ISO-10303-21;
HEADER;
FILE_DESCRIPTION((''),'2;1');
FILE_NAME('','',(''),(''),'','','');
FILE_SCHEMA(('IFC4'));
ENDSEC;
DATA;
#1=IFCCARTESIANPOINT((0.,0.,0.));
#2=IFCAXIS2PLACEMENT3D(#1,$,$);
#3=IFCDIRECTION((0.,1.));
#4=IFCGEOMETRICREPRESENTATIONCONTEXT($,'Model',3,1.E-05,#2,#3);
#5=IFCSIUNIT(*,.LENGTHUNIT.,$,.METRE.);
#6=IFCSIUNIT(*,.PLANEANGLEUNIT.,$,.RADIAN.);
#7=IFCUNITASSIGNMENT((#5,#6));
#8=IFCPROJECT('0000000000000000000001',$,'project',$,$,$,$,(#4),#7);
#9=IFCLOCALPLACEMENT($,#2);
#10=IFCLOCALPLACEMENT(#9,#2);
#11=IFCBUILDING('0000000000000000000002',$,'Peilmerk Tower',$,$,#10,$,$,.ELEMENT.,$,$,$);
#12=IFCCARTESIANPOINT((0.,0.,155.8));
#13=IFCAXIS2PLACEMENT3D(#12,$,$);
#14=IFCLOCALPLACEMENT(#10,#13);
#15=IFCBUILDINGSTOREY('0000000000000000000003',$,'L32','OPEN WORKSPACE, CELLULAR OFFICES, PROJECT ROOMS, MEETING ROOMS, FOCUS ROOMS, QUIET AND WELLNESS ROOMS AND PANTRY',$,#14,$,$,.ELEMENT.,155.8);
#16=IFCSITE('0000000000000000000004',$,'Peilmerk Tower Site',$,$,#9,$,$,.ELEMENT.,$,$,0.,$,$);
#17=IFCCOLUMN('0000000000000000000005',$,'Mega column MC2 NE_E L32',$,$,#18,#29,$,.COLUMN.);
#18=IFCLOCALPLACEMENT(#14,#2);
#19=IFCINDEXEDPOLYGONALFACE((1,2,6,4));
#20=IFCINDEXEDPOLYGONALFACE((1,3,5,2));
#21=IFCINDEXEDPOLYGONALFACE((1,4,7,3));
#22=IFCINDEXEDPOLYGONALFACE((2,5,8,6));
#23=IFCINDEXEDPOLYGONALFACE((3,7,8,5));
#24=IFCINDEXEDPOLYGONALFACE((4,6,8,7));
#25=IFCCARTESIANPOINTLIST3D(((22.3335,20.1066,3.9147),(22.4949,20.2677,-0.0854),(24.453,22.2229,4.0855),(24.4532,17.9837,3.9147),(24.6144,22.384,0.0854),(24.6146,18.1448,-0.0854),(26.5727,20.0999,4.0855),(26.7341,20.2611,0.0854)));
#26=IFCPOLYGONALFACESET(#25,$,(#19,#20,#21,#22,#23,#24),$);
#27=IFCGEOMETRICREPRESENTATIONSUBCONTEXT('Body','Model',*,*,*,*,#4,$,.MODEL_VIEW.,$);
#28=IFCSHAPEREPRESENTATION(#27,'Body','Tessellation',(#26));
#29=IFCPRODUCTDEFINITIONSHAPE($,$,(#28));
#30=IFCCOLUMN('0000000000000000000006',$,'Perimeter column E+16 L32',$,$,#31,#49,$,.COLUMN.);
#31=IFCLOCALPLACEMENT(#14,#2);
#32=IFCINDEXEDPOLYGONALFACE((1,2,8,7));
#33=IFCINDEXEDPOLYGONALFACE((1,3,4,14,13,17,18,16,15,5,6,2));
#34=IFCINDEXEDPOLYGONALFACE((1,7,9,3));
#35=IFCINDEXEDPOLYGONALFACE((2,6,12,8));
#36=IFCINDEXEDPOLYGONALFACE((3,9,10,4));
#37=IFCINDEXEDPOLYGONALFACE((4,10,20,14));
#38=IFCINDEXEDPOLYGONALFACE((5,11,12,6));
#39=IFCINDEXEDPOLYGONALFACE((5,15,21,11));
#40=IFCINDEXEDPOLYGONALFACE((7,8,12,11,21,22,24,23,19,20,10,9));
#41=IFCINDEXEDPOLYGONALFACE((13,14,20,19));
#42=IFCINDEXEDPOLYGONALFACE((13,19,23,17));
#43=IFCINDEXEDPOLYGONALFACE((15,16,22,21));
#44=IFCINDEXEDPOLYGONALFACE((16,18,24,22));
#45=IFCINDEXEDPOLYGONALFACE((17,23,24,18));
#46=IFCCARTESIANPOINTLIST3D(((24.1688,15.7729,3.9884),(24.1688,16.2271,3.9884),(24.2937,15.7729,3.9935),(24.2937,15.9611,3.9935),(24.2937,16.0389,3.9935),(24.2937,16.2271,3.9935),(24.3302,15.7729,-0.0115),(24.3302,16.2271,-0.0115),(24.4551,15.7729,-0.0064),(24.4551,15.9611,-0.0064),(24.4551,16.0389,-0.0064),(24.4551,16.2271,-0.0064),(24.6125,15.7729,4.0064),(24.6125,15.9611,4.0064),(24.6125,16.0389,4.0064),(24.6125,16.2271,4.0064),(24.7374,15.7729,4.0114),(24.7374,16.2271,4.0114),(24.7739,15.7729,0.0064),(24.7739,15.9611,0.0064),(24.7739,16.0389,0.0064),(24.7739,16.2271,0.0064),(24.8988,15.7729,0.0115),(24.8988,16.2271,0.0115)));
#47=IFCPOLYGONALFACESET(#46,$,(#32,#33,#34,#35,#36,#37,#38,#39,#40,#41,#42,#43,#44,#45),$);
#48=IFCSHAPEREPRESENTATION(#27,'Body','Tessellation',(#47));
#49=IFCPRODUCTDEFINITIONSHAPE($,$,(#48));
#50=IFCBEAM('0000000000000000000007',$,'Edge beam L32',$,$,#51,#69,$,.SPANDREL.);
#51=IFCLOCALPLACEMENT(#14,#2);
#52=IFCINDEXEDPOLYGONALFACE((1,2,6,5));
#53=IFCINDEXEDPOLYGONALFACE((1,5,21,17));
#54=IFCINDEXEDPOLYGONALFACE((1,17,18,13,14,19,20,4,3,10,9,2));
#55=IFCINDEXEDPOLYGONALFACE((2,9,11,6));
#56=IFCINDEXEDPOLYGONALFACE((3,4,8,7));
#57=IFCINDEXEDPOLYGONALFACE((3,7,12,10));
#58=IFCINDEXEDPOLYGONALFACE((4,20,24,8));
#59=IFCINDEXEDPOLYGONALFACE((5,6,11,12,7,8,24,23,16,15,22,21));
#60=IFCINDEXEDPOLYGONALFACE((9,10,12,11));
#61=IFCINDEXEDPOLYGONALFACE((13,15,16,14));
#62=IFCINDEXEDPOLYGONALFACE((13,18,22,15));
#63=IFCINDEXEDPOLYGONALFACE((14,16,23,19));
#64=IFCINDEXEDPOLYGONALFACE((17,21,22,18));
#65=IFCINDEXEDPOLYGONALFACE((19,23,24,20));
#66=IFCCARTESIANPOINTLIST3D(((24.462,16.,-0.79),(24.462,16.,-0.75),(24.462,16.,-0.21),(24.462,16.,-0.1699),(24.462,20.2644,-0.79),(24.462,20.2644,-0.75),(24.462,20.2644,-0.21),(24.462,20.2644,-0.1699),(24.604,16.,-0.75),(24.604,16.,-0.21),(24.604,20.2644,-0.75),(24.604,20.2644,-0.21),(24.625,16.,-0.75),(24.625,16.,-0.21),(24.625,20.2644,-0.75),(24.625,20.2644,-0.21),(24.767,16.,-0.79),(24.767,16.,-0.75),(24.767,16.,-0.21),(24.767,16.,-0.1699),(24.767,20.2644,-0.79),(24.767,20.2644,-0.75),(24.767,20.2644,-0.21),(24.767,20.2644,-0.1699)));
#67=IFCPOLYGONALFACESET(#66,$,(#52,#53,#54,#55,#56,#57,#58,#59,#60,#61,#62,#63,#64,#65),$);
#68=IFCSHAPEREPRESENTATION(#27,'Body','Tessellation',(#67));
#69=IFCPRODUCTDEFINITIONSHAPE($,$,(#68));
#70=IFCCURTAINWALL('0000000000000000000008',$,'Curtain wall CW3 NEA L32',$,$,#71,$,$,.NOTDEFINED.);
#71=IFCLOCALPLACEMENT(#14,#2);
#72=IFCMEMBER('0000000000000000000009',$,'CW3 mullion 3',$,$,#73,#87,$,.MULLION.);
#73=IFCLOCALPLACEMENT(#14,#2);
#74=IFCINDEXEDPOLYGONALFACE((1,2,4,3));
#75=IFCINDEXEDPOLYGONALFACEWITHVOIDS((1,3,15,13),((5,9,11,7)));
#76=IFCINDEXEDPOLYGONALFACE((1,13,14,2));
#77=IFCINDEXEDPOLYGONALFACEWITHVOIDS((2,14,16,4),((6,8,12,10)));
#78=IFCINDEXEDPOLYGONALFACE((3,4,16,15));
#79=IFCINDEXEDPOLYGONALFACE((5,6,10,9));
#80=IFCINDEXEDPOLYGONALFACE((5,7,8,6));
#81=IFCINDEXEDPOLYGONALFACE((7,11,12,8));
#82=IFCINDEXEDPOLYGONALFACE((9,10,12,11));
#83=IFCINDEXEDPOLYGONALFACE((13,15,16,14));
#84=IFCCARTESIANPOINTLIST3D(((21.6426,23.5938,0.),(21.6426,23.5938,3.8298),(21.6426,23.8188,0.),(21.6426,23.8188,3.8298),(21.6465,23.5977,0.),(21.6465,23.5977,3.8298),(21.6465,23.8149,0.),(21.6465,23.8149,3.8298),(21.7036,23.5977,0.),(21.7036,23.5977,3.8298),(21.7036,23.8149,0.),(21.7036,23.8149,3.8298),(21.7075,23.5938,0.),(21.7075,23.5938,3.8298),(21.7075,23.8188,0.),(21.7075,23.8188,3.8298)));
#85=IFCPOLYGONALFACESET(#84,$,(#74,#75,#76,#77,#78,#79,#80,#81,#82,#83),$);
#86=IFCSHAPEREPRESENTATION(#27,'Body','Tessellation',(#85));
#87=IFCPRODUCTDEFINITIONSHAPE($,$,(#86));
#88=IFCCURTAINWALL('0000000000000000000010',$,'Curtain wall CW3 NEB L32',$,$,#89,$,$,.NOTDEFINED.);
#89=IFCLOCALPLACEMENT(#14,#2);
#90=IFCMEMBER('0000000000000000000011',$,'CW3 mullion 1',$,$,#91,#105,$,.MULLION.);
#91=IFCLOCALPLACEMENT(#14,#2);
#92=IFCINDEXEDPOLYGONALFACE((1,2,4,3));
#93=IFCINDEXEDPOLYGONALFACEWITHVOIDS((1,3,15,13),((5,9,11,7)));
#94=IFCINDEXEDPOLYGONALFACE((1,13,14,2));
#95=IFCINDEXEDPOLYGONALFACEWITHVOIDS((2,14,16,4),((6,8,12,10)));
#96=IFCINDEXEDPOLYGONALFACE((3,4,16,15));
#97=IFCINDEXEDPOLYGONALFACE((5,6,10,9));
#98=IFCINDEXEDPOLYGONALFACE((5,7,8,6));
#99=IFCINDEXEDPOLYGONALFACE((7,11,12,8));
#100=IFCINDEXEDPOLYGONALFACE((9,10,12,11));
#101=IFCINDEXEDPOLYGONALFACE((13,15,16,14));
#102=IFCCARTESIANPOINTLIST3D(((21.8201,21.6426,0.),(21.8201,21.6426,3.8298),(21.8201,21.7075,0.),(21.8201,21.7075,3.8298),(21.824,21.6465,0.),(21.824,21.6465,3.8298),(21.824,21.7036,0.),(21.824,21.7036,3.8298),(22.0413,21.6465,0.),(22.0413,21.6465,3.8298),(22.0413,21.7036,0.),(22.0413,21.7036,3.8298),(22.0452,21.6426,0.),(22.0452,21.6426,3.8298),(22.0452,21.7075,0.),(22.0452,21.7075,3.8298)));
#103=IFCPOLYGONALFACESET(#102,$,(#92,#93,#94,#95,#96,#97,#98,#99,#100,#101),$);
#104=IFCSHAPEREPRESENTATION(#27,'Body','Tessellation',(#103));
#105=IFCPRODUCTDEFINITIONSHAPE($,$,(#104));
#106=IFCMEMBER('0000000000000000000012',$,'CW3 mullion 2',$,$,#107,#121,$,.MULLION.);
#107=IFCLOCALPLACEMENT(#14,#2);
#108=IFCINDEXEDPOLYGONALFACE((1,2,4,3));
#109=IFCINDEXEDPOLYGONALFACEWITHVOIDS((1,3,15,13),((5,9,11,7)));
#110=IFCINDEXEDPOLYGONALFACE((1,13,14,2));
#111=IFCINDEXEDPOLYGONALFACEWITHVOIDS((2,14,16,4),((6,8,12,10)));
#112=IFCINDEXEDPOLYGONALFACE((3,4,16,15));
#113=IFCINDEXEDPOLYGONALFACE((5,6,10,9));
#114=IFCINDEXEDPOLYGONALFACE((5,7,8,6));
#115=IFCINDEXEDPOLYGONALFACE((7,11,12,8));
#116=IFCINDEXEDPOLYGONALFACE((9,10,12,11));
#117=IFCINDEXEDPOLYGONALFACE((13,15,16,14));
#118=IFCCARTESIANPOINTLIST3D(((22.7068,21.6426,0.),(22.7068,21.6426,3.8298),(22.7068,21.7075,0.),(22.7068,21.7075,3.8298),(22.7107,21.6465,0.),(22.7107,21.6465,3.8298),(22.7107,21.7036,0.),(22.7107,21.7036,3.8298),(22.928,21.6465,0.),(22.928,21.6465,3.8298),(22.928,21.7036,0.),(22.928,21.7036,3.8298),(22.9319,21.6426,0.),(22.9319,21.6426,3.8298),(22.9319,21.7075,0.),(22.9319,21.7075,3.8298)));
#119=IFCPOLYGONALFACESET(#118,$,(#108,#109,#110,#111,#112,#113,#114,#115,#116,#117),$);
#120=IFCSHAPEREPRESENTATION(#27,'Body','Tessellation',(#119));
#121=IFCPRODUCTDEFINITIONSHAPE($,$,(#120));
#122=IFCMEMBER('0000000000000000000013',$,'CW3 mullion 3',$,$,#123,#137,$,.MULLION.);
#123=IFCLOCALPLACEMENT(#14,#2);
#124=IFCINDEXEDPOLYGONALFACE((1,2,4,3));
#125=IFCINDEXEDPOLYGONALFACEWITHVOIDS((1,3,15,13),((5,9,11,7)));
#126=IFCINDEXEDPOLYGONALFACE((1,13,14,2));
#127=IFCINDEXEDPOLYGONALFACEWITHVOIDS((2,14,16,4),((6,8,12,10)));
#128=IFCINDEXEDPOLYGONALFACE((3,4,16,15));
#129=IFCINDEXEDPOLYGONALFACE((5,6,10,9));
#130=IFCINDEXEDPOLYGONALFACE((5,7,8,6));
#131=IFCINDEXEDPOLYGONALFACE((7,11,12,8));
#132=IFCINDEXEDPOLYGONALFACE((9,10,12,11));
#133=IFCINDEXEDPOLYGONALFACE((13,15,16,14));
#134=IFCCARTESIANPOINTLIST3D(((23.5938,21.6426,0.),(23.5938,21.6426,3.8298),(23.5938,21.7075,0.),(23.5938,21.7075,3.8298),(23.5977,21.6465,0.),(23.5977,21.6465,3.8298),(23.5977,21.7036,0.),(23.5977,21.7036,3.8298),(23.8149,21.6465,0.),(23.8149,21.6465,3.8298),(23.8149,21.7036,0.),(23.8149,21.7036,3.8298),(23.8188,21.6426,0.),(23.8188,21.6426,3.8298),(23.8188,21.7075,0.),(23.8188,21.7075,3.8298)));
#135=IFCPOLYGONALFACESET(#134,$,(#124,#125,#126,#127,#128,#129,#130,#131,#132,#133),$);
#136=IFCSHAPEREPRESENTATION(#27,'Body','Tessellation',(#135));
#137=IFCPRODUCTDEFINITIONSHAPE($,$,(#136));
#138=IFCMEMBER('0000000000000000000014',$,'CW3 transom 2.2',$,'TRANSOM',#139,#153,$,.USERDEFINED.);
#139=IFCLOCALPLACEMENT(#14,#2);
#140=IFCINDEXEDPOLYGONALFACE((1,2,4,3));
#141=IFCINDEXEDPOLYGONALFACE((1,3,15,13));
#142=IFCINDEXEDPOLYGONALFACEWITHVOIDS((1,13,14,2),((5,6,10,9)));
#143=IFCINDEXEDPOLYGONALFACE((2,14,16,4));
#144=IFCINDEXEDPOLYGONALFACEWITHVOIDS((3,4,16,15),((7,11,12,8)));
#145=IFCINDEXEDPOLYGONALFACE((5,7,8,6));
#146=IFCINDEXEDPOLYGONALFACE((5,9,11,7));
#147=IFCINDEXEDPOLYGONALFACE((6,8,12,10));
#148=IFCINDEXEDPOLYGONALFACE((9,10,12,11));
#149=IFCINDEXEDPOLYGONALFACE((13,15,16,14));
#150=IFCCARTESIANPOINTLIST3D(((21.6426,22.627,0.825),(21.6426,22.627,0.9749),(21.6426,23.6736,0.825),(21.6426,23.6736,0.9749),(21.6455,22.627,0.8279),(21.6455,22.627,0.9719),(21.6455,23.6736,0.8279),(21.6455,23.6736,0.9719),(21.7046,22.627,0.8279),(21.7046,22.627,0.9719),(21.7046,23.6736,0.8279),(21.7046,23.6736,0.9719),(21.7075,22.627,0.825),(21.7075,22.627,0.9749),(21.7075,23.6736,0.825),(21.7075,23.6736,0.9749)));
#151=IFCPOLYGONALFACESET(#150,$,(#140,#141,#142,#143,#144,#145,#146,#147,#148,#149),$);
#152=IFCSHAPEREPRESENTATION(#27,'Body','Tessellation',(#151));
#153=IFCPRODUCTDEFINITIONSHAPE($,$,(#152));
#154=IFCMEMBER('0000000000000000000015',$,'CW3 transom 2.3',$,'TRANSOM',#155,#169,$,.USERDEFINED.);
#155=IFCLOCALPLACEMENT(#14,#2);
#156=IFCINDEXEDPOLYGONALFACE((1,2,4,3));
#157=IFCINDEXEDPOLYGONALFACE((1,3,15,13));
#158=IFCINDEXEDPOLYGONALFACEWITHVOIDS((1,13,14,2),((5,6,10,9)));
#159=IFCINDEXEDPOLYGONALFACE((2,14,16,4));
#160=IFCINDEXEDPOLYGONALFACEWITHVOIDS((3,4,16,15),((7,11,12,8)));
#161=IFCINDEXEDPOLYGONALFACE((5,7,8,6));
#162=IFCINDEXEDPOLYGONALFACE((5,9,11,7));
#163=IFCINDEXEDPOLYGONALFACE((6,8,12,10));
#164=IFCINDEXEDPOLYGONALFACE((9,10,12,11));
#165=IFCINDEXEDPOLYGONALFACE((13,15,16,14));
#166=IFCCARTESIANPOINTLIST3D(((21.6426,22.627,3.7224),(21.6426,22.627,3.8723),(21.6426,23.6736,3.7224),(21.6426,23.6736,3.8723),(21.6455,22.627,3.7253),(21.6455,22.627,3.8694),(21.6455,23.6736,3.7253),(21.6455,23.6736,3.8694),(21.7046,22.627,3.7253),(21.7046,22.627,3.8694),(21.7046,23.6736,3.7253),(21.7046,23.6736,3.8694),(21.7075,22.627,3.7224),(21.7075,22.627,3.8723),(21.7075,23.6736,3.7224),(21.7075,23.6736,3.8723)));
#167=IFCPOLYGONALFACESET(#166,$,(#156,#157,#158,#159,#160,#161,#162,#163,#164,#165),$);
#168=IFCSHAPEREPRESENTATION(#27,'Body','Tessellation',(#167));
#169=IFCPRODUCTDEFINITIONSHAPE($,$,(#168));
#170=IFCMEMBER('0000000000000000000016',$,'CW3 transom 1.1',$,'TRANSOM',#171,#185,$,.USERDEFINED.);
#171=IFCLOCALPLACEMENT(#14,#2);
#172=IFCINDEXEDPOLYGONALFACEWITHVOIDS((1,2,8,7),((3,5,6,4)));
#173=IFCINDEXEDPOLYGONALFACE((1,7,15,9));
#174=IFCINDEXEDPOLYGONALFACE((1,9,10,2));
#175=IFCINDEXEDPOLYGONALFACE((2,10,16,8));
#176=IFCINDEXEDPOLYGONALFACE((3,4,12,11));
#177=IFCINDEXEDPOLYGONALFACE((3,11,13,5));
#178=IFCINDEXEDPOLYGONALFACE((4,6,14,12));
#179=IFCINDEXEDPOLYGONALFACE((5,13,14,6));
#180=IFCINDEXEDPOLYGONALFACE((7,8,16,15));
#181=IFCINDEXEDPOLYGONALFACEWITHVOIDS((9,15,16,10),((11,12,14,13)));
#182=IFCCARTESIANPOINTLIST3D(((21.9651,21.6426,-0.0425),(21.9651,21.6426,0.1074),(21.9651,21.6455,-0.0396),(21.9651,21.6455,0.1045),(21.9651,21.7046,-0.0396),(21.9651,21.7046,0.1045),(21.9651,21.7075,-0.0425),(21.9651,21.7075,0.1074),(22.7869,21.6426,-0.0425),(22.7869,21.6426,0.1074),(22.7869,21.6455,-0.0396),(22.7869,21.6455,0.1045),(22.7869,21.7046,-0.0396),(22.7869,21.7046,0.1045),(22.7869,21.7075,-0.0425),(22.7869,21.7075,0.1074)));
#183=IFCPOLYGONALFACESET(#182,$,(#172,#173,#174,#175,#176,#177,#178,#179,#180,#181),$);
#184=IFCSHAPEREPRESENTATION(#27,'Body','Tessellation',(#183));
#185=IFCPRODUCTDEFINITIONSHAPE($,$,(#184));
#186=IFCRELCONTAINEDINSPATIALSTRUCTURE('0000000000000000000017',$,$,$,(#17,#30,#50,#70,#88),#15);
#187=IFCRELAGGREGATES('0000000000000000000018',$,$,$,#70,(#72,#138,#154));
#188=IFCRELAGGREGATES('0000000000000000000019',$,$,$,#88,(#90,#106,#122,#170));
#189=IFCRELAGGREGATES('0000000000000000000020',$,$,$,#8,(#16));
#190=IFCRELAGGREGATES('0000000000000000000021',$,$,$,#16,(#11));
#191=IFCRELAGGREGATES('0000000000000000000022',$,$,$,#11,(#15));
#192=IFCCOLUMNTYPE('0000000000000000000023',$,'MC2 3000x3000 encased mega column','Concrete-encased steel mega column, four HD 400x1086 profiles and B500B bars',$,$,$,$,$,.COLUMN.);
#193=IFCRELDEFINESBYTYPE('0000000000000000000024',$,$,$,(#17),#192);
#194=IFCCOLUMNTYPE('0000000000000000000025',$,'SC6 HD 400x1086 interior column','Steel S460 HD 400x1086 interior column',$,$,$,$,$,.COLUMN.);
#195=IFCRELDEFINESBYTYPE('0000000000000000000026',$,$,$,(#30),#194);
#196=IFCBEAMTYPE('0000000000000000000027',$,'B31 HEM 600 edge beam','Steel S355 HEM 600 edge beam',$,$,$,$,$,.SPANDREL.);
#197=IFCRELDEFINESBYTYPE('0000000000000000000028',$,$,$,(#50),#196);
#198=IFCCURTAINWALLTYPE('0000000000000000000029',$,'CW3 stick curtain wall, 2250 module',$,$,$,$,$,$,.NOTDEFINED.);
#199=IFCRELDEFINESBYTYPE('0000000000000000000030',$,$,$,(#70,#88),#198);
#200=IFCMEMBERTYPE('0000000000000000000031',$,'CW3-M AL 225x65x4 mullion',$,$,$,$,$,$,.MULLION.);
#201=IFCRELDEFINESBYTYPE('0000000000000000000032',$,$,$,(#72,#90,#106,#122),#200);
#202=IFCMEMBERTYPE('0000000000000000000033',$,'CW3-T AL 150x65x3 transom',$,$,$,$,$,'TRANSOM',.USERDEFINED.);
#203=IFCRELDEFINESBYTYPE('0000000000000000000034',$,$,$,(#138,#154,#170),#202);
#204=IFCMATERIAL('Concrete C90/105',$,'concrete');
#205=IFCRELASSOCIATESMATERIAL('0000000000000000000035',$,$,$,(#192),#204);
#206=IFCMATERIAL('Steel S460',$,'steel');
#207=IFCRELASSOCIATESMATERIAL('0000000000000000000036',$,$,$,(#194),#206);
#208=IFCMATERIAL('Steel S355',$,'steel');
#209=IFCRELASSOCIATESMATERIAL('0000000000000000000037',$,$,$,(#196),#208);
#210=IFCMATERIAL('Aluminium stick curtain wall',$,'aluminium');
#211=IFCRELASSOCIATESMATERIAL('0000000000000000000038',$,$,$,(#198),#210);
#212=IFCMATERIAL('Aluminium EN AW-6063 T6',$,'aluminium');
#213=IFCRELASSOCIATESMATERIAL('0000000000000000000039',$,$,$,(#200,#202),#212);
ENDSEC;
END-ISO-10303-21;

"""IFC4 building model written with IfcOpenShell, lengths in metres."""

from ifc_helpers import new_model, si_unit, direction, frame, origin, origin_2d, place, context, subcontext, project, spatial, rectangle, hollow_rectangle, i_section, extrude, material, material_profile, profile_set, type_object, element, aggregate, save


model = new_model("IFC4")

# Units and contexts
model_context = context("Model", 3, precision=1e-05, world=origin(), true_north=direction((0.0, 1.0)))
body_context = subcontext(model_context, "Body", "Model", "MODEL_VIEW")
ifc_project = project(units=[si_unit("LENGTHUNIT", "METRE"), si_unit("PLANEANGLEUNIT", "RADIAN")], contexts=[model_context])

# Site, building, storey
site_placement = place(None, origin())
site = spatial("IfcSite", under=ifc_project, at=site_placement, Name="Peilmerk Tower Site", CompositionType="ELEMENT", RefElevation=0.0)
building_placement = place(site_placement, origin())
building = spatial("IfcBuilding", under=site, at=building_placement, Name="Peilmerk Tower", CompositionType="ELEMENT")
storey_placement = place(building_placement, frame((0.0, 0.0, 155.8)))
storey = spatial("IfcBuildingStorey", under=building, at=storey_placement, Name="L32", Description="OPEN WORKSPACE, CELLULAR OFFICES, PROJECT ROOMS, MEETING ROOMS, FOCUS ROOMS, QUIET AND WELLNESS ROOMS AND PANTRY", CompositionType="ELEMENT", Elevation=155.8)

# Columns
ifc_material_1 = material(Name="Concrete C90/105", Category="concrete")
ifc_material_profile_1 = material_profile(ifc_material_1, rectangle(XDim=3.0, YDim=3.0, at=origin_2d()), Name="RC 3000x3000")
ifc_profile_set_1 = profile_set([ifc_material_profile_1], Name="Concrete C90/105")
column_type_1 = type_object("IfcColumnType", Name="MC2 3000x3000 encased mega column", Description="Concrete-encased steel mega column, four HD 400x1086 profiles and B500B bars", PredefinedType="COLUMN", material=ifc_profile_set_1)
column_1_placement = place(storey_placement, frame((24.6145, 20.2644, 0.0), z_axis=(-0.040279, -0.040218, 0.998379), x_axis=(0.706571, -0.707642, 0.0)))
element("IfcColumn", 1, at=column_1_placement, inside=storey, type_object=column_type_1, Name="Mega column MC2 NE_E L32", PredefinedType="COLUMN", context=body_context, shape_type="SweptSolid", body=[
    extrude(rectangle(XDim=3.0, YDim=3.0, at=origin_2d()), origin(), (0.0, 0.0, 1.0), 4.0066),
])
ifc_material_2 = material(Name="Steel S460", Category="steel")
ifc_material_profile_2 = material_profile(ifc_material_2, i_section(OverallWidth=0.4541, OverallDepth=0.5691, WebThickness=0.0779, FlangeThickness=0.125, at=origin_2d()), Name="HD 400x1086")
ifc_profile_set_2 = profile_set([ifc_material_profile_2], Name="Steel S460")
column_type_2 = type_object("IfcColumnType", Name="SC6 HD 400x1086 interior column", Description="Steel S460 HD 400x1086 interior column", PredefinedType="COLUMN", material=ifc_profile_set_2)
column_2_placement = place(storey_placement, frame((24.6145, 16.0, 0.0), z_axis=(-0.040311, 0.0, 0.999187), x_axis=(0.0, -1.0, 0.0)))
element("IfcColumn", 2, at=column_2_placement, inside=storey, type_object=column_type_2, Name="Perimeter column E+16 L32", PredefinedType="COLUMN", context=body_context, shape_type="SweptSolid", body=[
    extrude(i_section(OverallWidth=0.4541, OverallDepth=0.5691, WebThickness=0.0779, FlangeThickness=0.125, at=origin_2d()), origin(), (0.0, 0.0, 1.0), 4.0032),
])

# Beam
ifc_material_3 = material(Name="Steel S355", Category="steel")
ifc_material_profile_3 = material_profile(ifc_material_3, i_section(OverallWidth=0.3049, OverallDepth=0.6201, WebThickness=0.021, FlangeThickness=0.04, at=origin_2d()), Name="HEM 600")
ifc_profile_set_3 = profile_set([ifc_material_profile_3], Name="Steel S355")
beam_type = type_object("IfcBeamType", Name="B31 HEM 600 edge beam", Description="Steel S355 HEM 600 edge beam", PredefinedType="SPANDREL", material=ifc_profile_set_3)
beam_placement = place(storey_placement, frame((24.6145, 16.0, -0.48), z_axis=(0.0, 1.0, 0.0), x_axis=(-1.0, 0.0, 0.0)))
element("IfcBeam", 3, at=beam_placement, inside=storey, type_object=beam_type, Name="Edge beam L32", PredefinedType="SPANDREL", context=body_context, shape_type="SweptSolid", body=[
    extrude(i_section(OverallWidth=0.3049, OverallDepth=0.6201, WebThickness=0.021, FlangeThickness=0.04, at=origin_2d()), origin(), (0.0, 0.0, 1.0), 4.2644),
])

# Curtain wall, member
ifc_material_4 = material(Name="Aluminium stick curtain wall", Category="aluminium")
curtain_wall_type = type_object("IfcCurtainWallType", Name="CW3 stick curtain wall, 2250 module", PredefinedType="NOTDEFINED", material=ifc_material_4)
curtain_wall_1_placement = place(storey_placement, origin())
curtain_wall_1 = element("IfcCurtainWall", 4, at=curtain_wall_1_placement, inside=storey, type_object=curtain_wall_type, Name="Curtain wall CW3 NEA L32", PredefinedType="NOTDEFINED")
ifc_material_5 = material(Name="Aluminium EN AW-6063 T6", Category="aluminium")
ifc_material_profile_4 = material_profile(ifc_material_5, hollow_rectangle(XDim=0.0649, YDim=0.2251, WallThickness=0.0039, at=origin_2d()), Name="AL 225x65x4")
ifc_profile_set_4 = profile_set([ifc_material_profile_4], Name="Aluminium EN AW-6063 T6")
member_type_1 = type_object("IfcMemberType", Name="CW3-M AL 225x65x4 mullion", PredefinedType="MULLION", material=ifc_profile_set_4)
member_1_placement = place(storey_placement, frame((21.675, 23.7063, 0.0), z_axis=(0.0, 0.0, 1.0), x_axis=(-1.0, 0.0, 0.0)))
member_1 = element("IfcMember", 5, at=member_1_placement, type_object=member_type_1, Name="CW3 mullion 3", PredefinedType="MULLION", context=body_context, shape_type="SweptSolid", body=[
    extrude(hollow_rectangle(XDim=0.0649, YDim=0.2251, WallThickness=0.0039, at=origin_2d()), origin(), (0.0, 0.0, 1.0), 3.8298),
])

# Curtain wall, members
curtain_wall_2_placement = place(storey_placement, origin())
curtain_wall_2 = element("IfcCurtainWall", 6, at=curtain_wall_2_placement, inside=storey, type_object=curtain_wall_type, Name="Curtain wall CW3 NEB L32", PredefinedType="NOTDEFINED")
member_2_placement = place(storey_placement, frame((21.9326, 21.675, 0.0), z_axis=(0.0, 0.0, 1.0), x_axis=(0.0, 1.0, 0.0)))
member_2 = element("IfcMember", 7, at=member_2_placement, type_object=member_type_1, Name="CW3 mullion 1", PredefinedType="MULLION", context=body_context, shape_type="SweptSolid", body=[
    extrude(hollow_rectangle(XDim=0.0649, YDim=0.2251, WallThickness=0.0039, at=origin_2d()), origin(), (0.0, 0.0, 1.0), 3.8298),
])
member_3_placement = place(storey_placement, frame((22.8193, 21.675, 0.0), z_axis=(0.0, 0.0, 1.0), x_axis=(0.0, 1.0, 0.0)))
member_3 = element("IfcMember", 8, at=member_3_placement, type_object=member_type_1, Name="CW3 mullion 2", PredefinedType="MULLION", context=body_context, shape_type="SweptSolid", body=[
    extrude(hollow_rectangle(XDim=0.0649, YDim=0.2251, WallThickness=0.0039, at=origin_2d()), origin(), (0.0, 0.0, 1.0), 3.8298),
])
member_4_placement = place(storey_placement, frame((23.7063, 21.675, 0.0), z_axis=(0.0, 0.0, 1.0), x_axis=(0.0, 1.0, 0.0)))
member_4 = element("IfcMember", 9, at=member_4_placement, type_object=member_type_1, Name="CW3 mullion 3", PredefinedType="MULLION", context=body_context, shape_type="SweptSolid", body=[
    extrude(hollow_rectangle(XDim=0.0649, YDim=0.2251, WallThickness=0.0039, at=origin_2d()), origin(), (0.0, 0.0, 1.0), 3.8298),
])

# Members
ifc_material_profile_5 = material_profile(ifc_material_5, hollow_rectangle(XDim=0.0649, YDim=0.1499, WallThickness=0.0029, at=origin_2d()), Name="AL 150x65x3")
ifc_profile_set_5 = profile_set([ifc_material_profile_5], Name="Aluminium EN AW-6063 T6")
member_type_2 = type_object("IfcMemberType", Name="CW3-T AL 150x65x3 transom", ElementType="TRANSOM", PredefinedType="USERDEFINED", material=ifc_profile_set_5)
member_5_placement = place(storey_placement, frame((21.675, 22.627, 0.8999), z_axis=(0.0, 1.0, 0.0), x_axis=(-1.0, 0.0, 0.0)))
member_5 = element("IfcMember", 10, at=member_5_placement, type_object=member_type_2, Name="CW3 transom 2.2", ObjectType="TRANSOM", PredefinedType="USERDEFINED", context=body_context, shape_type="SweptSolid", body=[
    extrude(hollow_rectangle(XDim=0.0649, YDim=0.1499, WallThickness=0.0029, at=origin_2d()), origin(), (0.0, 0.0, 1.0), 1.0466),
])
member_6_placement = place(storey_placement, frame((21.675, 22.627, 3.7974), z_axis=(0.0, 1.0, 0.0), x_axis=(-1.0, 0.0, 0.0)))
member_6 = element("IfcMember", 11, at=member_6_placement, type_object=member_type_2, Name="CW3 transom 2.3", ObjectType="TRANSOM", PredefinedType="USERDEFINED", context=body_context, shape_type="SweptSolid", body=[
    extrude(hollow_rectangle(XDim=0.0649, YDim=0.1499, WallThickness=0.0029, at=origin_2d()), origin(), (0.0, 0.0, 1.0), 1.0466),
])
member_7_placement = place(storey_placement, frame((21.9651, 21.675, 0.0325), z_axis=(1.0, 0.0, 0.0), x_axis=(0.0, 1.0, 0.0)))
member_7 = element("IfcMember", 12, at=member_7_placement, type_object=member_type_2, Name="CW3 transom 1.1", ObjectType="TRANSOM", PredefinedType="USERDEFINED", context=body_context, shape_type="SweptSolid", body=[
    extrude(hollow_rectangle(XDim=0.0649, YDim=0.1499, WallThickness=0.0029, at=origin_2d()), origin(), (0.0, 0.0, 1.0), 0.8218),
])

aggregate(curtain_wall_1, [member_1, member_5, member_6])
aggregate(curtain_wall_2, [member_2, member_3, member_4, member_7])

save(model, "model.ifc")
